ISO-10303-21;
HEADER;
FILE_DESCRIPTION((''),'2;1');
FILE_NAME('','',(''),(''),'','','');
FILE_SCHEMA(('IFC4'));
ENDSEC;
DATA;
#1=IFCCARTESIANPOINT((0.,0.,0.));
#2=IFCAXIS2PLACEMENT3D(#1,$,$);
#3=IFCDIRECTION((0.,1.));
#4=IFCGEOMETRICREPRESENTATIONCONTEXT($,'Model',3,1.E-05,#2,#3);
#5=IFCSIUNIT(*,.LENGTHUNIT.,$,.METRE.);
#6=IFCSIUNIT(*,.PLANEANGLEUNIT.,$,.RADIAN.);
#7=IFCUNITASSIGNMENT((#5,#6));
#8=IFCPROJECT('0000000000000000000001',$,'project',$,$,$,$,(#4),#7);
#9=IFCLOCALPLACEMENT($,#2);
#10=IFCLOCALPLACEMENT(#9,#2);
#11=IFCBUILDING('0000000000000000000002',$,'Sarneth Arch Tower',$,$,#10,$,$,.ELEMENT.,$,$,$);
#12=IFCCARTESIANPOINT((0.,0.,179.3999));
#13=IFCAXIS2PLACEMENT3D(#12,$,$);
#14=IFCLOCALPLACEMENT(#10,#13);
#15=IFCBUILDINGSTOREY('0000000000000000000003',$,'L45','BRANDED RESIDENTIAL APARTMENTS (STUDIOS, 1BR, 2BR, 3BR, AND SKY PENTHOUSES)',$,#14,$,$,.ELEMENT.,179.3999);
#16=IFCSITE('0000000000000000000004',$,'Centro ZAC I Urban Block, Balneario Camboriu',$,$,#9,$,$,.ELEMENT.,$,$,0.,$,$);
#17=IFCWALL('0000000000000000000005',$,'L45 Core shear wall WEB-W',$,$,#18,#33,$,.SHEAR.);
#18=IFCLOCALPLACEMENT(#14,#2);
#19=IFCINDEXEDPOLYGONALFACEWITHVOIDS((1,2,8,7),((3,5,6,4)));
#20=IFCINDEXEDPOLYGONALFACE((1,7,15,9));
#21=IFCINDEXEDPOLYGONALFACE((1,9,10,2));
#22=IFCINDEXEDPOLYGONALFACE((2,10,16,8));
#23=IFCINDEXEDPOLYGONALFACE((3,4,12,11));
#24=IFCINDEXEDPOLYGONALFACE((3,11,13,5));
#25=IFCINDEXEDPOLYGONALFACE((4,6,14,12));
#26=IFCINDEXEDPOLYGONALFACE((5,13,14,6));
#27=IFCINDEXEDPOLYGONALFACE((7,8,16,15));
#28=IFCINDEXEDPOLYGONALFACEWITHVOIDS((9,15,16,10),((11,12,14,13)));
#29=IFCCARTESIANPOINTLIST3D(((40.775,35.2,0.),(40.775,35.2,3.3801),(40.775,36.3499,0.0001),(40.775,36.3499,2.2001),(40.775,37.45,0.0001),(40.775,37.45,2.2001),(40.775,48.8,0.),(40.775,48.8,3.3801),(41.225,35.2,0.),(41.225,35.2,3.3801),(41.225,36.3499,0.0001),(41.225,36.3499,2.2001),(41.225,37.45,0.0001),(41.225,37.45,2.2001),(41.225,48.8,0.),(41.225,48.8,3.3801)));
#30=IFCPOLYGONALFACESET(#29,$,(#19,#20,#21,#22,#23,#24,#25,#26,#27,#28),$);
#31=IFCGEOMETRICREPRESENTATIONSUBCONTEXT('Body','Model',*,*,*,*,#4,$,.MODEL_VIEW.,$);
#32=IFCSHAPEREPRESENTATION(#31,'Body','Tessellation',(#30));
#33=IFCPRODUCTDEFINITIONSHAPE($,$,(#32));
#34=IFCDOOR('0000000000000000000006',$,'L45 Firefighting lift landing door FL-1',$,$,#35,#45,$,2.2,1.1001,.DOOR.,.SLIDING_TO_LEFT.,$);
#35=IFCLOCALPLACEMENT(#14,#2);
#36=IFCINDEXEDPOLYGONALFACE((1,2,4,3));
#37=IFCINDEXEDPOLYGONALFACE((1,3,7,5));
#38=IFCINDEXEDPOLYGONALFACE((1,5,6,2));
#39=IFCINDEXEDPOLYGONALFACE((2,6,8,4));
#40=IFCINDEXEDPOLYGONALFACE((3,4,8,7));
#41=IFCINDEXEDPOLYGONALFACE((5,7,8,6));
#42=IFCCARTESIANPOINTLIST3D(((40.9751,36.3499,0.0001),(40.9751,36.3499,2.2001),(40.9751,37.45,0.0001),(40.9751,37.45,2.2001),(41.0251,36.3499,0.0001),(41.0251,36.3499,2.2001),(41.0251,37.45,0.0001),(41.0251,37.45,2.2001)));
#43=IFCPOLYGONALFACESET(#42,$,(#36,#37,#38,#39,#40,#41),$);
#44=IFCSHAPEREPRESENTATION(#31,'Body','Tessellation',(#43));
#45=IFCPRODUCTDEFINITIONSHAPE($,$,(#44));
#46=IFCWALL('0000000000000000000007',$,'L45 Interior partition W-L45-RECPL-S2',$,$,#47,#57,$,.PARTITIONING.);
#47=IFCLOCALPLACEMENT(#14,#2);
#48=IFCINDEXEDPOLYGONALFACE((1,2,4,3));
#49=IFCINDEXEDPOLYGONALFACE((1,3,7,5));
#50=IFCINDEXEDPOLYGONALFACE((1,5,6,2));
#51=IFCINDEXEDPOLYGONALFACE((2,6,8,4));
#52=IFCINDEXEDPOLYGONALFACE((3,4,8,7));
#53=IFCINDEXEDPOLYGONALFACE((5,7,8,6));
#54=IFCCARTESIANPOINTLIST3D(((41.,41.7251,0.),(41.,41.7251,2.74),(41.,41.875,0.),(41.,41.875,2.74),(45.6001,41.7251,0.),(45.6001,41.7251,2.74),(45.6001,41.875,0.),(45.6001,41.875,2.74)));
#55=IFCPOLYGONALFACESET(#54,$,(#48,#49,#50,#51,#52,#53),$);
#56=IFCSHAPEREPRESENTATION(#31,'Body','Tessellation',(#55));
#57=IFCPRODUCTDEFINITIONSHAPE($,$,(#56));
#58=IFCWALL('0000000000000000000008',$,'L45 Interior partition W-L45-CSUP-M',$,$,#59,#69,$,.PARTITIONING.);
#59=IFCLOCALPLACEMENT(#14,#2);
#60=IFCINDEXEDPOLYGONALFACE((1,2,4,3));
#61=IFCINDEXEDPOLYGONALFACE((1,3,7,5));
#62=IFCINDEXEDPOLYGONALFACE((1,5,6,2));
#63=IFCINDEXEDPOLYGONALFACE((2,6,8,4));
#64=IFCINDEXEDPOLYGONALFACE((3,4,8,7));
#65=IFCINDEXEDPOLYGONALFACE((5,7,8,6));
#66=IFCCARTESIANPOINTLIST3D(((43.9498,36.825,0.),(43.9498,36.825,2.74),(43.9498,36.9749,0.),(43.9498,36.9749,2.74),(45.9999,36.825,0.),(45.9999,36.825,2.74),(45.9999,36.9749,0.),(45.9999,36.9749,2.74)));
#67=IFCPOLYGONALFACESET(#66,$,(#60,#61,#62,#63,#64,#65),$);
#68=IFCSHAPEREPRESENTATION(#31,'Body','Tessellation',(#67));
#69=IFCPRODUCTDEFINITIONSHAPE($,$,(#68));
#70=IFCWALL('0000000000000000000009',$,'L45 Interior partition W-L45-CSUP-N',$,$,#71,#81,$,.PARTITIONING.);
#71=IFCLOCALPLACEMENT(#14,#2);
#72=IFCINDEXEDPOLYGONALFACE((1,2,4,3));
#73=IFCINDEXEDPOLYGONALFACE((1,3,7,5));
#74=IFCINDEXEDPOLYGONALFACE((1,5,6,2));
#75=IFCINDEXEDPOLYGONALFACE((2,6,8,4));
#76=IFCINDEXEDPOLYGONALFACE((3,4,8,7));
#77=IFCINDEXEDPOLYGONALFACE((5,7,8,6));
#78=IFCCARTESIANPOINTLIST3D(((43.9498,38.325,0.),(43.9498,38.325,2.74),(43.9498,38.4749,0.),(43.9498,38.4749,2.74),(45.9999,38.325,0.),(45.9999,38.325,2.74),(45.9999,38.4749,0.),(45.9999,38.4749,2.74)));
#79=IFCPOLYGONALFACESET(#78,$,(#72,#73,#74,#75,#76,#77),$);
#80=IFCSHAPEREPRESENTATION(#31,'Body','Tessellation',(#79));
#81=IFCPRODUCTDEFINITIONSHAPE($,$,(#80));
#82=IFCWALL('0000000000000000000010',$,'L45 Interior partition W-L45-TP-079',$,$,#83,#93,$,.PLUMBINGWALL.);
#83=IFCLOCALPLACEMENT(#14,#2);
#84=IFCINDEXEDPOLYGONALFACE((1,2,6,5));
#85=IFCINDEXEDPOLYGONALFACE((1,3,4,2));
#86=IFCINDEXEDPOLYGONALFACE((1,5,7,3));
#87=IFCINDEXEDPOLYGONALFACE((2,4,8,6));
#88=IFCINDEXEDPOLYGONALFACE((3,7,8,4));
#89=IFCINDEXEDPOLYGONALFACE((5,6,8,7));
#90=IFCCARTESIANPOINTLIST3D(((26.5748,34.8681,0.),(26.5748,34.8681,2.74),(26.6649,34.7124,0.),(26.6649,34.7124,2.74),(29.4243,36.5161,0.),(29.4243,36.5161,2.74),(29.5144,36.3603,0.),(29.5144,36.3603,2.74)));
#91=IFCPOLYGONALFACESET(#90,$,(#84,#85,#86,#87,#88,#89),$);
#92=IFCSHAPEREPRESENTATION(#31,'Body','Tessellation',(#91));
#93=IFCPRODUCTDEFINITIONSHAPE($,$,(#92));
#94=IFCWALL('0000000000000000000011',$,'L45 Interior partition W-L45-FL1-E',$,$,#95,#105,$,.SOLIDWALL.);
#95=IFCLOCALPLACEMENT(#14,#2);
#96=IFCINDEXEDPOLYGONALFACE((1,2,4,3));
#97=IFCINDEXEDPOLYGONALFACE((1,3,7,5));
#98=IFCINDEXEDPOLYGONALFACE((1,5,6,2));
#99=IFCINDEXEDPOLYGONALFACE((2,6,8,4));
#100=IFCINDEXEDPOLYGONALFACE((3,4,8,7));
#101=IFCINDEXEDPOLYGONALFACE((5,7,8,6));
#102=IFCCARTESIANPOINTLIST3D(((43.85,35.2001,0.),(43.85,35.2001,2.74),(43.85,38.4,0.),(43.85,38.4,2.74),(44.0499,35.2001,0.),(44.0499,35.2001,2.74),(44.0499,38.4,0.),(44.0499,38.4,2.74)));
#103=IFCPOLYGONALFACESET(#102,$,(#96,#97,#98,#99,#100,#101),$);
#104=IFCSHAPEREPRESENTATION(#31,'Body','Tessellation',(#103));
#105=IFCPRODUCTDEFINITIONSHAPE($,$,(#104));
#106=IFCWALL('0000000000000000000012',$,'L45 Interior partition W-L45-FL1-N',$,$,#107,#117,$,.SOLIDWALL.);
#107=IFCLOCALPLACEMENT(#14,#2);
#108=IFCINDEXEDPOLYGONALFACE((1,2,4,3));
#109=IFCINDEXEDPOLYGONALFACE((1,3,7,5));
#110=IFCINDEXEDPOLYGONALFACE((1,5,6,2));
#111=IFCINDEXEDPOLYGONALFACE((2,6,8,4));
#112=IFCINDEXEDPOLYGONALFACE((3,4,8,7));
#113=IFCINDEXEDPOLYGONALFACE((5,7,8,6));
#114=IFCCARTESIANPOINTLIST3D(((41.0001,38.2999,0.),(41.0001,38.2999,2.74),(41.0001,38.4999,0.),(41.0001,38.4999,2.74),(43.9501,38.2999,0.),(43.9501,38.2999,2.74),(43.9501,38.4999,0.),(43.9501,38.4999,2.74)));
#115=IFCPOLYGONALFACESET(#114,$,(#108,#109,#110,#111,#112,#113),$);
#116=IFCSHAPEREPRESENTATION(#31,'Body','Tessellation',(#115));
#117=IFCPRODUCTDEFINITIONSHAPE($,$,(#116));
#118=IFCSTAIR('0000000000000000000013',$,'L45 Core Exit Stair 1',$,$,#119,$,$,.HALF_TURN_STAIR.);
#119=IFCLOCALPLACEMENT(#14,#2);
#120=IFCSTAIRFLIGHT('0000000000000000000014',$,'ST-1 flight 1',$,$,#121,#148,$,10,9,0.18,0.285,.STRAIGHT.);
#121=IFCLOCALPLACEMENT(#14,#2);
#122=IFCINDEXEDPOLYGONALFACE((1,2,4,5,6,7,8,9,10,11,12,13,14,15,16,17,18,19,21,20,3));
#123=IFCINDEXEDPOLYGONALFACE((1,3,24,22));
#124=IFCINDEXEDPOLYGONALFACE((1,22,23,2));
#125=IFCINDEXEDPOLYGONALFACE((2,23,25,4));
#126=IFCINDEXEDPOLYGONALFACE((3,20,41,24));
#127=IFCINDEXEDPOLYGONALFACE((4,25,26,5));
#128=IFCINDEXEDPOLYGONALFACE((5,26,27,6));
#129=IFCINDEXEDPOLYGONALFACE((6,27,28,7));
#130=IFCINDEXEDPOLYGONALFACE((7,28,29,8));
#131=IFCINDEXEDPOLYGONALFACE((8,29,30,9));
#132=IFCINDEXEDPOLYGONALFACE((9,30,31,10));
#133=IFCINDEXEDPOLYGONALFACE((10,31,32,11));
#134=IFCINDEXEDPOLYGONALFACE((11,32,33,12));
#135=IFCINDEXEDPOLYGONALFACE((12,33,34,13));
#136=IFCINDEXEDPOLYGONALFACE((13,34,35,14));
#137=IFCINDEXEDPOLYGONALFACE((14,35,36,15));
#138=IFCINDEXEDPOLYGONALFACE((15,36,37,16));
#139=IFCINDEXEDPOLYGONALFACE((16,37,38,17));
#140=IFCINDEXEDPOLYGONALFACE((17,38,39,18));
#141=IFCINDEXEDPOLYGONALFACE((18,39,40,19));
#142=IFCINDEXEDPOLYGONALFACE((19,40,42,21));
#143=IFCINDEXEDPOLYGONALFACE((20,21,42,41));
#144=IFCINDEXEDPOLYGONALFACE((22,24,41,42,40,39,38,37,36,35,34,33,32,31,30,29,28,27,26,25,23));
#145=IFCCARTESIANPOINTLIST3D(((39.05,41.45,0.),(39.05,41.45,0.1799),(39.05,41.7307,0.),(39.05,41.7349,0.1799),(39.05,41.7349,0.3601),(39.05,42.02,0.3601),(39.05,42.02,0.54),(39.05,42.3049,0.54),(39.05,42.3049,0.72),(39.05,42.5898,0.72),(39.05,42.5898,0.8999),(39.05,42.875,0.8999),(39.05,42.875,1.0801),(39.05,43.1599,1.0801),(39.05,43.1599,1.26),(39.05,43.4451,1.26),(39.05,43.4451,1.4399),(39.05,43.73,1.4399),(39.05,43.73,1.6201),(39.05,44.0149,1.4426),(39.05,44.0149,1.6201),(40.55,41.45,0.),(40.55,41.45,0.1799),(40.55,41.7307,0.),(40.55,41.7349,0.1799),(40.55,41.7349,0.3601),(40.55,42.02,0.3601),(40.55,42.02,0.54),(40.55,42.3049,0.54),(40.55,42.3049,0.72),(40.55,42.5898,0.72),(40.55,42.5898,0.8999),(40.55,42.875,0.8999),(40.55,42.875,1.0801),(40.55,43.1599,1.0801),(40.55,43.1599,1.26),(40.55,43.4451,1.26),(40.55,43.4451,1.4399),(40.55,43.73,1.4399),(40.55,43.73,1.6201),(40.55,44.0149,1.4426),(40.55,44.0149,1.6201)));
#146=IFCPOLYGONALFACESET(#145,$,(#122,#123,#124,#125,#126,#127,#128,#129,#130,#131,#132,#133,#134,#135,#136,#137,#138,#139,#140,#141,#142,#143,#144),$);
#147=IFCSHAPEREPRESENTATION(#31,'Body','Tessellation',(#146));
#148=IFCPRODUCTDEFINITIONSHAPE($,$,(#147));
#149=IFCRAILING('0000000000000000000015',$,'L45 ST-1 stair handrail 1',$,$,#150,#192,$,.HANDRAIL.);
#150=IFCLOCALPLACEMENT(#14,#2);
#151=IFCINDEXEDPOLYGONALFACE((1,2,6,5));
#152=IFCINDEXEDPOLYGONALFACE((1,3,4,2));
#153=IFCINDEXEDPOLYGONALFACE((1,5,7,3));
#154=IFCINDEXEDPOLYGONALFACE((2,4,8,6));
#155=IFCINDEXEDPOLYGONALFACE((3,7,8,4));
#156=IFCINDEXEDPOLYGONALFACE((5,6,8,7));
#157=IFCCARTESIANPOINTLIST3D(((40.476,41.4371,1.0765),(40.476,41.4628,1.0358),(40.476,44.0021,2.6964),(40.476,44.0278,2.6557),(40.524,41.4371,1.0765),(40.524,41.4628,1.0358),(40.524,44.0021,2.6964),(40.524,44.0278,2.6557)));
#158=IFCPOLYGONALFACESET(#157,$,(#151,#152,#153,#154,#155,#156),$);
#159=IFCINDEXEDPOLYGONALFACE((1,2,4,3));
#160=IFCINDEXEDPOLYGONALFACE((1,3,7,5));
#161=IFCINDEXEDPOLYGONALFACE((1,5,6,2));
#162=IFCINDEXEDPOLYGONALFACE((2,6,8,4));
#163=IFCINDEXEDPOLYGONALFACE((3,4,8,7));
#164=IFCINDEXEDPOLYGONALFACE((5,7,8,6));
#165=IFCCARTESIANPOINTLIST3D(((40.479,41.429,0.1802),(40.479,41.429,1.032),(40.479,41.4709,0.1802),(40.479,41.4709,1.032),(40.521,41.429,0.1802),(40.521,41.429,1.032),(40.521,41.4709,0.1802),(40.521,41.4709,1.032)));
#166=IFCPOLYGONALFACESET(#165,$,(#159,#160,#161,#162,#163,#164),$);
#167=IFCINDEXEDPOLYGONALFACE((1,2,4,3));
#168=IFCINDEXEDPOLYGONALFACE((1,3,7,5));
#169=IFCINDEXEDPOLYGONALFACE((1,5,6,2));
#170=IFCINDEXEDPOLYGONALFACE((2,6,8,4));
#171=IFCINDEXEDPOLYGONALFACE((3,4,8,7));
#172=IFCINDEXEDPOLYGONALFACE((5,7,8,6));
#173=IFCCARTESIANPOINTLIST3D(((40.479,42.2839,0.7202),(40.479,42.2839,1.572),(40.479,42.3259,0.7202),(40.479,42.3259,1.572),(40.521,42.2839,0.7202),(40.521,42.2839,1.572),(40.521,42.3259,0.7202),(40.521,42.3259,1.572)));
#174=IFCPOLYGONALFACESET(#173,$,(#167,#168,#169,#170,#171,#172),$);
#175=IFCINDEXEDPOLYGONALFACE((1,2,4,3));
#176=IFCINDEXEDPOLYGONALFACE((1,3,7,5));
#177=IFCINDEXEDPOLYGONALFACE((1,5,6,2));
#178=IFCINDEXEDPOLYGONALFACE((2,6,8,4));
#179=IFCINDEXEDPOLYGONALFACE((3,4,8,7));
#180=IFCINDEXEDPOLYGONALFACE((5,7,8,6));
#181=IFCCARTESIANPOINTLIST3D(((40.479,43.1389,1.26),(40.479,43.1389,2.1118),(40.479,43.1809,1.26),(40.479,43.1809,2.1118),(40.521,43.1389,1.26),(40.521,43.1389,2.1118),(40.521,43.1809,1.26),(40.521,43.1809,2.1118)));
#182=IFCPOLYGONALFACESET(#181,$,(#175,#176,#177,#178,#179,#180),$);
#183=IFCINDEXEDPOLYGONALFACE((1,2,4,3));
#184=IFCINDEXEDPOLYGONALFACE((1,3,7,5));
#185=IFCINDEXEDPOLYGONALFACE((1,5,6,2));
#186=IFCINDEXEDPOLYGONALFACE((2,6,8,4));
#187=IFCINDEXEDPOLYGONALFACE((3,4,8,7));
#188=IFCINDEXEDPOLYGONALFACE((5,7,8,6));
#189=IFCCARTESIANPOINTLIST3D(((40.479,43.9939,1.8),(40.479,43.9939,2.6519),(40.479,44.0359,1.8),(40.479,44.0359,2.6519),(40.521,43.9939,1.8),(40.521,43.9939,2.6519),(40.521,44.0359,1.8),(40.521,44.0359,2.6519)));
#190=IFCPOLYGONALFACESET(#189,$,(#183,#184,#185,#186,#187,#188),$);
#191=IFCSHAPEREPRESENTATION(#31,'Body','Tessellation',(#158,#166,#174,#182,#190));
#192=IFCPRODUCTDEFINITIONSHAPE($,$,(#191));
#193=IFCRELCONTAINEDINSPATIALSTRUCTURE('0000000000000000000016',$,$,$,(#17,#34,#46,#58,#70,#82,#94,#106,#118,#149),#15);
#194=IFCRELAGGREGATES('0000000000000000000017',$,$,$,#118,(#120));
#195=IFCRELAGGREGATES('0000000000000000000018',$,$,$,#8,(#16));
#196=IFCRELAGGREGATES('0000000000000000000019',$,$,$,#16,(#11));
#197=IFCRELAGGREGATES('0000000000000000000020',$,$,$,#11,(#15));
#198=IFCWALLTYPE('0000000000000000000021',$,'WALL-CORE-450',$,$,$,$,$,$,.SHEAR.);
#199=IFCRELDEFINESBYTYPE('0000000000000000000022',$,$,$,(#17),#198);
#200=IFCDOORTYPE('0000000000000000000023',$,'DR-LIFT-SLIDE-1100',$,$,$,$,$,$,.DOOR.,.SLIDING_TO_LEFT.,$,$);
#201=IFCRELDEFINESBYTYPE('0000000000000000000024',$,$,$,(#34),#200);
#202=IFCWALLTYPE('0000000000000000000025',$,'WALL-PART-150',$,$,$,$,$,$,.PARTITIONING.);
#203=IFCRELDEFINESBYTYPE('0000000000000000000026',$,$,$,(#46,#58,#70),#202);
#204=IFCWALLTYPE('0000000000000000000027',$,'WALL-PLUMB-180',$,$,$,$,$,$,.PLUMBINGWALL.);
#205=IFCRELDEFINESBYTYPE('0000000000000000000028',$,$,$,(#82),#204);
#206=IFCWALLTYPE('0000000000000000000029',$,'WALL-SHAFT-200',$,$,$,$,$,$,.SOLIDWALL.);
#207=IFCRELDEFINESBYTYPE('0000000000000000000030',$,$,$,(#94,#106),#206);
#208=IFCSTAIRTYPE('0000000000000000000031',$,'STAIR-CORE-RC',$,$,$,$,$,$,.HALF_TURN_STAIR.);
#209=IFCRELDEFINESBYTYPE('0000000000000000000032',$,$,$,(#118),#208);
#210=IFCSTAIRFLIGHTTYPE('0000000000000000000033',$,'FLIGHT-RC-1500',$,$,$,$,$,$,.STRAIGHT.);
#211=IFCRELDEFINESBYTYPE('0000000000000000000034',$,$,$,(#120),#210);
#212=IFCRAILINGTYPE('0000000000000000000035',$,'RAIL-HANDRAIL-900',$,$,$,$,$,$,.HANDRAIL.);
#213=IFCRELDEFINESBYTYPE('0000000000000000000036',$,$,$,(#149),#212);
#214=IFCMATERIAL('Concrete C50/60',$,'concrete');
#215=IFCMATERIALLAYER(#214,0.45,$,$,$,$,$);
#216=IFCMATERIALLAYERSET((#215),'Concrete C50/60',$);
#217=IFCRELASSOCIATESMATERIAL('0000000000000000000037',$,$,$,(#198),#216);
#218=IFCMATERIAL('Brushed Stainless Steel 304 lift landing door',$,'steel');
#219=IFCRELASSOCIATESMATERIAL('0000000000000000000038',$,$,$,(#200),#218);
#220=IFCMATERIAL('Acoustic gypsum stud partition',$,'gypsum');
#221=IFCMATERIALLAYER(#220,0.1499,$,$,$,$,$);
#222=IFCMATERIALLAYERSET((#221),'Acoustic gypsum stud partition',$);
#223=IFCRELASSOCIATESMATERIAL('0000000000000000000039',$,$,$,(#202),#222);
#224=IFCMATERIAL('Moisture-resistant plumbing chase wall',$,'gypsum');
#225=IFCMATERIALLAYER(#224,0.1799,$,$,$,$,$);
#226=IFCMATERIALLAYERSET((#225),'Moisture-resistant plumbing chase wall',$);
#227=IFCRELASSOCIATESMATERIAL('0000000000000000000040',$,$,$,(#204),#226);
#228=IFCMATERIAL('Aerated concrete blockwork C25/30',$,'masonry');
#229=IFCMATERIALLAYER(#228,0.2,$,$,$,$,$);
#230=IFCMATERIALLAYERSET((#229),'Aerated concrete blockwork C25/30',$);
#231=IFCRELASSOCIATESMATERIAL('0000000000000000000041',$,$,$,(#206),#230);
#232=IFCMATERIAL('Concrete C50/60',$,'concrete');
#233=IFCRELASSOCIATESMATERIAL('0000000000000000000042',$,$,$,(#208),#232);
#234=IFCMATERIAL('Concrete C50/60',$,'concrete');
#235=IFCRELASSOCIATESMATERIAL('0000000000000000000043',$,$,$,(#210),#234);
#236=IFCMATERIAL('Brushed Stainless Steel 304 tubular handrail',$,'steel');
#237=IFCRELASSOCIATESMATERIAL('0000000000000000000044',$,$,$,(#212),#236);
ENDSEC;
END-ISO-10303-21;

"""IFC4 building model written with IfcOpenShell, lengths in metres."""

from ifc_helpers import new_model, si_unit, direction, frame, frame_2d, origin, origin_2d, place, context, subcontext, project, spatial, polyline, rectangle, outline, extrude, material, layer, layer_set, type_object, element, fill, aggregate, save


model = new_model("IFC4")

# Units and contexts
model_context = context("Model", 3, precision=1e-05, world=origin(), true_north=direction((0.0, 1.0)))
body_context = subcontext(model_context, "Body", "Model", "MODEL_VIEW")
ifc_project = project(units=[si_unit("LENGTHUNIT", "METRE"), si_unit("PLANEANGLEUNIT", "RADIAN")], contexts=[model_context])

# Site, building, storey
site_placement = place(None, origin())
site = spatial("IfcSite", under=ifc_project, at=site_placement, Name="Centro ZAC I Urban Block, Balneario Camboriu", CompositionType="ELEMENT", RefElevation=0.0)
building_placement = place(site_placement, origin())
building = spatial("IfcBuilding", under=site, at=building_placement, Name="Sarneth Arch Tower", CompositionType="ELEMENT")
storey_placement = place(building_placement, frame((0.0, 0.0, 179.3999)))
storey = spatial("IfcBuildingStorey", under=building, at=storey_placement, Name="L45", Description="BRANDED RESIDENTIAL APARTMENTS (STUDIOS, 1BR, 2BR, 3BR, AND SKY PENTHOUSES)", CompositionType="ELEMENT", Elevation=179.3999)

# Shared definitions
ifc_material_1 = material(Name="Concrete C50/60", Category="concrete")
ifc_layer_1 = layer(ifc_material_1, 0.45)
ifc_layer_set_1 = layer_set([ifc_layer_1], Name="Concrete C50/60")
wall_type_1 = type_object("IfcWallType", Name="WALL-CORE-450", PredefinedType="SHEAR", material=ifc_layer_set_1)

# Wall, opening, door
wall_1_placement = place(storey_placement, frame((41.0, 35.2, 0.0), z_axis=(0.0, 0.0, 1.0), x_axis=(0.0, 1.0, 0.0)))
wall_1 = element("IfcWall", 1, at=wall_1_placement, inside=storey, type_object=wall_type_1, Name="L45 Core shear wall WEB-W", PredefinedType="SHEAR", context=body_context, shape_type="SweptSolid", body=[
    extrude(rectangle(XDim=13.6001, YDim=0.45, at=frame_2d((6.8, 0.0))), origin(), (0.0, 0.0, 1.0), 3.3801),
])
opening_1_placement = place(wall_1_placement, frame((1.1499, 0.0, 0.0)))
opening_1 = element("IfcOpeningElement", 2, at=opening_1_placement, cuts=wall_1, PredefinedType="OPENING", context=body_context, shape_type="SweptSolid", body=[
    extrude(rectangle(XDim=1.1001, YDim=2.2, at=frame_2d((0.55, 1.1001))), frame((0.0, 0.2349, 0.0), z_axis=(0.0, -1.0, 0.0), x_axis=(1.0, 0.0, 0.0)), (0.0, 0.0, 1.0), 0.47),
])
ifc_material_2 = material(Name="Brushed Stainless Steel 304 lift landing door", Category="steel")
door_type_1 = type_object("IfcDoorType", Name="DR-LIFT-SLIDE-1100", OperationType="SLIDING_TO_LEFT", PredefinedType="DOOR", material=ifc_material_2)
door_1_placement = place(opening_1_placement, origin())
door_1 = element("IfcDoor", 3, at=door_1_placement, inside=storey, type_object=door_type_1, Name="L45 Firefighting lift landing door FL-1", OperationType="SLIDING_TO_LEFT", OverallHeight=2.2, OverallWidth=1.1001, PredefinedType="DOOR", context=body_context, shape_type="SweptSolid", body=[
    extrude(rectangle(XDim=1.1001, YDim=2.2, at=frame_2d((0.55, 1.1001))), frame((0.0, 0.0249, 0.0), z_axis=(0.0, -1.0, 0.0), x_axis=(1.0, 0.0, 0.0)), (0.0, 0.0, 1.0), 0.05),
])
fill(opening_1, door_1)
ifc_material_3 = material(Name="Acoustic gypsum stud partition", Category="gypsum")
ifc_layer_2 = layer(ifc_material_3, 0.1499)
ifc_layer_set_2 = layer_set([ifc_layer_2], Name="Acoustic gypsum stud partition")
wall_type_2 = type_object("IfcWallType", Name="WALL-PART-150", PredefinedType="PARTITIONING", material=ifc_layer_set_2)

# Wall
wall_2_placement = place(storey_placement, frame((41.0, 41.8, 0.0), z_axis=(0.0, 0.0, 1.0), x_axis=(1.0, 0.0, 0.0)))
element("IfcWall", 4, at=wall_2_placement, inside=storey, type_object=wall_type_2, Name="L45 Interior partition W-L45-RECPL-S2", PredefinedType="PARTITIONING", context=body_context, shape_type="SweptSolid", body=[
    extrude(rectangle(XDim=4.6001, YDim=0.1499, at=frame_2d((2.3, 0.0))), origin(), (0.0, 0.0, 1.0), 2.74),
])

# Walls
for number, where, z_axis, x_axis, name in (
    (5, (43.95, 36.8999, 0.0), (0.0, 0.0, 1.0), (1.0, 0.0, 0.0), "L45 Interior partition W-L45-CSUP-M"),
    (6, (43.95, 38.3999, 0.0), (0.0, 0.0, 1.0), (1.0, 0.0, 0.0), "L45 Interior partition W-L45-CSUP-N"),
):
    element("IfcWall", number, at=place(storey_placement, frame(where, z_axis=z_axis, x_axis=x_axis)), inside=storey, type_object=wall_type_2, Name=name, PredefinedType="PARTITIONING", context=body_context, shape_type="SweptSolid", body=[
        extrude(rectangle(XDim=2.05, YDim=0.1499, at=frame_2d((1.0249, 0.0))), origin(), (0.0, 0.0, 1.0), 2.74),
    ])

# Wall
ifc_material_4 = material(Name="Moisture-resistant plumbing chase wall", Category="gypsum")
ifc_layer_3 = layer(ifc_material_4, 0.1799)
ifc_layer_set_3 = layer_set([ifc_layer_3], Name="Moisture-resistant plumbing chase wall")
wall_type_3 = type_object("IfcWallType", Name="WALL-PLUMB-180", PredefinedType="PLUMBINGWALL", material=ifc_layer_set_3)
wall_3_placement = place(storey_placement, frame((29.4695, 36.4382, 0.0), z_axis=(0.0, 0.0, 1.0), x_axis=(-0.865667, -0.500621, 0.0)))
element("IfcWall", 7, at=wall_3_placement, inside=storey, type_object=wall_type_3, Name="L45 Interior partition W-L45-TP-079", PredefinedType="PLUMBINGWALL", context=body_context, shape_type="SweptSolid", body=[
    extrude(rectangle(XDim=3.2917, YDim=0.1799, at=frame_2d((1.646, 0.0))), origin(), (0.0, 0.0, 1.0), 2.74),
])

# Shared definitions
ifc_material_5 = material(Name="Aerated concrete blockwork C25/30", Category="masonry")
ifc_layer_4 = layer(ifc_material_5, 0.2)
ifc_layer_set_4 = layer_set([ifc_layer_4], Name="Aerated concrete blockwork C25/30")
wall_type_4 = type_object("IfcWallType", Name="WALL-SHAFT-200", PredefinedType="SOLIDWALL", material=ifc_layer_set_4)

# Walls
wall_4_placement = place(storey_placement, frame((43.95, 35.2, 0.0), z_axis=(0.0, 0.0, 1.0), x_axis=(0.0, 1.0, 0.0)))
element("IfcWall", 8, at=wall_4_placement, inside=storey, type_object=wall_type_4, Name="L45 Interior partition W-L45-FL1-E", PredefinedType="SOLIDWALL", context=body_context, shape_type="SweptSolid", body=[
    extrude(rectangle(XDim=3.2, YDim=0.2, at=frame_2d((1.6001, 0.0))), origin(), (0.0, 0.0, 1.0), 2.74),
])
wall_5_placement = place(storey_placement, frame((41.0, 38.3999, 0.0), z_axis=(0.0, 0.0, 1.0), x_axis=(1.0, 0.0, 0.0)))
element("IfcWall", 9, at=wall_5_placement, inside=storey, type_object=wall_type_4, Name="L45 Interior partition W-L45-FL1-N", PredefinedType="SOLIDWALL", context=body_context, shape_type="SweptSolid", body=[
    extrude(rectangle(XDim=2.95, YDim=0.2, at=frame_2d((1.4751, 0.0))), origin(), (0.0, 0.0, 1.0), 2.74),
])

# Stair, stair flight
ifc_material_6 = material(Name="Concrete C50/60", Category="concrete")
stair_type = type_object("IfcStairType", Name="STAIR-CORE-RC", PredefinedType="HALF_TURN_STAIR", material=ifc_material_6)
stair_placement = place(storey_placement, origin())
stair = element("IfcStair", 10, at=stair_placement, inside=storey, type_object=stair_type, Name="L45 Core Exit Stair 1", PredefinedType="HALF_TURN_STAIR")
ifc_material_7 = material(Name="Concrete C50/60", Category="concrete")
stair_flight_type = type_object("IfcStairFlightType", Name="FLIGHT-RC-1500", PredefinedType="STRAIGHT", material=ifc_material_7)
stair_flight_placement = place(storey_placement, frame((39.8, 41.45, 0.0), z_axis=(0.0, 0.0, 1.0), x_axis=(0.0, 1.0, 0.0)))
stair_flight = element("IfcStairFlight", 11, at=stair_flight_placement, type_object=stair_flight_type, Name="ST-1 flight 1", NumberOfRisers=10, NumberOfTreads=9, PredefinedType="STRAIGHT", RiserHeight=0.18, TreadLength=0.285, context=body_context, shape_type="SweptSolid", body=[
    extrude(outline(polyline([(0.0, 0.0), (0.0, 0.1799), (0.2849, 0.1799), (0.2849, 0.3601), (0.5701, 0.3601), (0.5701, 0.54), (0.855, 0.54), (0.855, 0.72), (1.1399, 0.72), (1.1399, 0.8999), (1.425, 0.8999), (1.425, 1.0801), (1.71, 1.0801), (1.71, 1.26), (1.9951, 1.26), (1.9951, 1.4399), (2.28, 1.4399), (2.28, 1.6201), (2.5649, 1.6201), (2.5649, 1.8), (2.5649, 1.4426), (0.2808, 0.0), (0.0, 0.0)])), frame((0.0, 0.75, 0.0), z_axis=(0.0, -1.0, 0.0), x_axis=(1.0, 0.0, 0.0)), (0.0, 0.0, 1.0), 1.5),
])
aggregate(stair, [stair_flight])

# Railing
ifc_material_8 = material(Name="Brushed Stainless Steel 304 tubular handrail", Category="steel")
railing_type_1 = type_object("IfcRailingType", Name="RAIL-HANDRAIL-900", PredefinedType="HANDRAIL", material=ifc_material_8)
railing_1_placement = place(storey_placement, frame((40.5, 41.45, 0.1802)))
element("IfcRailing", 12, at=railing_1_placement, inside=storey, type_object=railing_type_1, Name="L45 ST-1 stair handrail 1", PredefinedType="HANDRAIL", context=body_context, shape_type="SweptSolid", body=[
    extrude(rectangle(XDim=0.0481, YDim=0.0481, at=origin_2d()), frame((0.0, 0.0, 0.876), z_axis=(0.0, 0.845502, 0.533972), x_axis=(-1.0, 0.0, 0.0)), (0.0, 0.0, 1.0), 3.0337),
    extrude(rectangle(XDim=0.042, YDim=0.042, at=origin_2d()), origin(), (0.0, 0.0, 1.0), 0.8518),
    extrude(rectangle(XDim=0.042, YDim=0.042, at=origin_2d()), frame((0.0, 0.855, 0.54)), (0.0, 0.0, 1.0), 0.8518),
    extrude(rectangle(XDim=0.042, YDim=0.042, at=origin_2d()), frame((0.0, 1.71, 1.0798)), (0.0, 0.0, 1.0), 0.8518),
    extrude(rectangle(XDim=0.042, YDim=0.042, at=origin_2d()), frame((0.0, 2.5649, 1.6199)), (0.0, 0.0, 1.0), 0.8518),
])

save(model, "model.ifc")
